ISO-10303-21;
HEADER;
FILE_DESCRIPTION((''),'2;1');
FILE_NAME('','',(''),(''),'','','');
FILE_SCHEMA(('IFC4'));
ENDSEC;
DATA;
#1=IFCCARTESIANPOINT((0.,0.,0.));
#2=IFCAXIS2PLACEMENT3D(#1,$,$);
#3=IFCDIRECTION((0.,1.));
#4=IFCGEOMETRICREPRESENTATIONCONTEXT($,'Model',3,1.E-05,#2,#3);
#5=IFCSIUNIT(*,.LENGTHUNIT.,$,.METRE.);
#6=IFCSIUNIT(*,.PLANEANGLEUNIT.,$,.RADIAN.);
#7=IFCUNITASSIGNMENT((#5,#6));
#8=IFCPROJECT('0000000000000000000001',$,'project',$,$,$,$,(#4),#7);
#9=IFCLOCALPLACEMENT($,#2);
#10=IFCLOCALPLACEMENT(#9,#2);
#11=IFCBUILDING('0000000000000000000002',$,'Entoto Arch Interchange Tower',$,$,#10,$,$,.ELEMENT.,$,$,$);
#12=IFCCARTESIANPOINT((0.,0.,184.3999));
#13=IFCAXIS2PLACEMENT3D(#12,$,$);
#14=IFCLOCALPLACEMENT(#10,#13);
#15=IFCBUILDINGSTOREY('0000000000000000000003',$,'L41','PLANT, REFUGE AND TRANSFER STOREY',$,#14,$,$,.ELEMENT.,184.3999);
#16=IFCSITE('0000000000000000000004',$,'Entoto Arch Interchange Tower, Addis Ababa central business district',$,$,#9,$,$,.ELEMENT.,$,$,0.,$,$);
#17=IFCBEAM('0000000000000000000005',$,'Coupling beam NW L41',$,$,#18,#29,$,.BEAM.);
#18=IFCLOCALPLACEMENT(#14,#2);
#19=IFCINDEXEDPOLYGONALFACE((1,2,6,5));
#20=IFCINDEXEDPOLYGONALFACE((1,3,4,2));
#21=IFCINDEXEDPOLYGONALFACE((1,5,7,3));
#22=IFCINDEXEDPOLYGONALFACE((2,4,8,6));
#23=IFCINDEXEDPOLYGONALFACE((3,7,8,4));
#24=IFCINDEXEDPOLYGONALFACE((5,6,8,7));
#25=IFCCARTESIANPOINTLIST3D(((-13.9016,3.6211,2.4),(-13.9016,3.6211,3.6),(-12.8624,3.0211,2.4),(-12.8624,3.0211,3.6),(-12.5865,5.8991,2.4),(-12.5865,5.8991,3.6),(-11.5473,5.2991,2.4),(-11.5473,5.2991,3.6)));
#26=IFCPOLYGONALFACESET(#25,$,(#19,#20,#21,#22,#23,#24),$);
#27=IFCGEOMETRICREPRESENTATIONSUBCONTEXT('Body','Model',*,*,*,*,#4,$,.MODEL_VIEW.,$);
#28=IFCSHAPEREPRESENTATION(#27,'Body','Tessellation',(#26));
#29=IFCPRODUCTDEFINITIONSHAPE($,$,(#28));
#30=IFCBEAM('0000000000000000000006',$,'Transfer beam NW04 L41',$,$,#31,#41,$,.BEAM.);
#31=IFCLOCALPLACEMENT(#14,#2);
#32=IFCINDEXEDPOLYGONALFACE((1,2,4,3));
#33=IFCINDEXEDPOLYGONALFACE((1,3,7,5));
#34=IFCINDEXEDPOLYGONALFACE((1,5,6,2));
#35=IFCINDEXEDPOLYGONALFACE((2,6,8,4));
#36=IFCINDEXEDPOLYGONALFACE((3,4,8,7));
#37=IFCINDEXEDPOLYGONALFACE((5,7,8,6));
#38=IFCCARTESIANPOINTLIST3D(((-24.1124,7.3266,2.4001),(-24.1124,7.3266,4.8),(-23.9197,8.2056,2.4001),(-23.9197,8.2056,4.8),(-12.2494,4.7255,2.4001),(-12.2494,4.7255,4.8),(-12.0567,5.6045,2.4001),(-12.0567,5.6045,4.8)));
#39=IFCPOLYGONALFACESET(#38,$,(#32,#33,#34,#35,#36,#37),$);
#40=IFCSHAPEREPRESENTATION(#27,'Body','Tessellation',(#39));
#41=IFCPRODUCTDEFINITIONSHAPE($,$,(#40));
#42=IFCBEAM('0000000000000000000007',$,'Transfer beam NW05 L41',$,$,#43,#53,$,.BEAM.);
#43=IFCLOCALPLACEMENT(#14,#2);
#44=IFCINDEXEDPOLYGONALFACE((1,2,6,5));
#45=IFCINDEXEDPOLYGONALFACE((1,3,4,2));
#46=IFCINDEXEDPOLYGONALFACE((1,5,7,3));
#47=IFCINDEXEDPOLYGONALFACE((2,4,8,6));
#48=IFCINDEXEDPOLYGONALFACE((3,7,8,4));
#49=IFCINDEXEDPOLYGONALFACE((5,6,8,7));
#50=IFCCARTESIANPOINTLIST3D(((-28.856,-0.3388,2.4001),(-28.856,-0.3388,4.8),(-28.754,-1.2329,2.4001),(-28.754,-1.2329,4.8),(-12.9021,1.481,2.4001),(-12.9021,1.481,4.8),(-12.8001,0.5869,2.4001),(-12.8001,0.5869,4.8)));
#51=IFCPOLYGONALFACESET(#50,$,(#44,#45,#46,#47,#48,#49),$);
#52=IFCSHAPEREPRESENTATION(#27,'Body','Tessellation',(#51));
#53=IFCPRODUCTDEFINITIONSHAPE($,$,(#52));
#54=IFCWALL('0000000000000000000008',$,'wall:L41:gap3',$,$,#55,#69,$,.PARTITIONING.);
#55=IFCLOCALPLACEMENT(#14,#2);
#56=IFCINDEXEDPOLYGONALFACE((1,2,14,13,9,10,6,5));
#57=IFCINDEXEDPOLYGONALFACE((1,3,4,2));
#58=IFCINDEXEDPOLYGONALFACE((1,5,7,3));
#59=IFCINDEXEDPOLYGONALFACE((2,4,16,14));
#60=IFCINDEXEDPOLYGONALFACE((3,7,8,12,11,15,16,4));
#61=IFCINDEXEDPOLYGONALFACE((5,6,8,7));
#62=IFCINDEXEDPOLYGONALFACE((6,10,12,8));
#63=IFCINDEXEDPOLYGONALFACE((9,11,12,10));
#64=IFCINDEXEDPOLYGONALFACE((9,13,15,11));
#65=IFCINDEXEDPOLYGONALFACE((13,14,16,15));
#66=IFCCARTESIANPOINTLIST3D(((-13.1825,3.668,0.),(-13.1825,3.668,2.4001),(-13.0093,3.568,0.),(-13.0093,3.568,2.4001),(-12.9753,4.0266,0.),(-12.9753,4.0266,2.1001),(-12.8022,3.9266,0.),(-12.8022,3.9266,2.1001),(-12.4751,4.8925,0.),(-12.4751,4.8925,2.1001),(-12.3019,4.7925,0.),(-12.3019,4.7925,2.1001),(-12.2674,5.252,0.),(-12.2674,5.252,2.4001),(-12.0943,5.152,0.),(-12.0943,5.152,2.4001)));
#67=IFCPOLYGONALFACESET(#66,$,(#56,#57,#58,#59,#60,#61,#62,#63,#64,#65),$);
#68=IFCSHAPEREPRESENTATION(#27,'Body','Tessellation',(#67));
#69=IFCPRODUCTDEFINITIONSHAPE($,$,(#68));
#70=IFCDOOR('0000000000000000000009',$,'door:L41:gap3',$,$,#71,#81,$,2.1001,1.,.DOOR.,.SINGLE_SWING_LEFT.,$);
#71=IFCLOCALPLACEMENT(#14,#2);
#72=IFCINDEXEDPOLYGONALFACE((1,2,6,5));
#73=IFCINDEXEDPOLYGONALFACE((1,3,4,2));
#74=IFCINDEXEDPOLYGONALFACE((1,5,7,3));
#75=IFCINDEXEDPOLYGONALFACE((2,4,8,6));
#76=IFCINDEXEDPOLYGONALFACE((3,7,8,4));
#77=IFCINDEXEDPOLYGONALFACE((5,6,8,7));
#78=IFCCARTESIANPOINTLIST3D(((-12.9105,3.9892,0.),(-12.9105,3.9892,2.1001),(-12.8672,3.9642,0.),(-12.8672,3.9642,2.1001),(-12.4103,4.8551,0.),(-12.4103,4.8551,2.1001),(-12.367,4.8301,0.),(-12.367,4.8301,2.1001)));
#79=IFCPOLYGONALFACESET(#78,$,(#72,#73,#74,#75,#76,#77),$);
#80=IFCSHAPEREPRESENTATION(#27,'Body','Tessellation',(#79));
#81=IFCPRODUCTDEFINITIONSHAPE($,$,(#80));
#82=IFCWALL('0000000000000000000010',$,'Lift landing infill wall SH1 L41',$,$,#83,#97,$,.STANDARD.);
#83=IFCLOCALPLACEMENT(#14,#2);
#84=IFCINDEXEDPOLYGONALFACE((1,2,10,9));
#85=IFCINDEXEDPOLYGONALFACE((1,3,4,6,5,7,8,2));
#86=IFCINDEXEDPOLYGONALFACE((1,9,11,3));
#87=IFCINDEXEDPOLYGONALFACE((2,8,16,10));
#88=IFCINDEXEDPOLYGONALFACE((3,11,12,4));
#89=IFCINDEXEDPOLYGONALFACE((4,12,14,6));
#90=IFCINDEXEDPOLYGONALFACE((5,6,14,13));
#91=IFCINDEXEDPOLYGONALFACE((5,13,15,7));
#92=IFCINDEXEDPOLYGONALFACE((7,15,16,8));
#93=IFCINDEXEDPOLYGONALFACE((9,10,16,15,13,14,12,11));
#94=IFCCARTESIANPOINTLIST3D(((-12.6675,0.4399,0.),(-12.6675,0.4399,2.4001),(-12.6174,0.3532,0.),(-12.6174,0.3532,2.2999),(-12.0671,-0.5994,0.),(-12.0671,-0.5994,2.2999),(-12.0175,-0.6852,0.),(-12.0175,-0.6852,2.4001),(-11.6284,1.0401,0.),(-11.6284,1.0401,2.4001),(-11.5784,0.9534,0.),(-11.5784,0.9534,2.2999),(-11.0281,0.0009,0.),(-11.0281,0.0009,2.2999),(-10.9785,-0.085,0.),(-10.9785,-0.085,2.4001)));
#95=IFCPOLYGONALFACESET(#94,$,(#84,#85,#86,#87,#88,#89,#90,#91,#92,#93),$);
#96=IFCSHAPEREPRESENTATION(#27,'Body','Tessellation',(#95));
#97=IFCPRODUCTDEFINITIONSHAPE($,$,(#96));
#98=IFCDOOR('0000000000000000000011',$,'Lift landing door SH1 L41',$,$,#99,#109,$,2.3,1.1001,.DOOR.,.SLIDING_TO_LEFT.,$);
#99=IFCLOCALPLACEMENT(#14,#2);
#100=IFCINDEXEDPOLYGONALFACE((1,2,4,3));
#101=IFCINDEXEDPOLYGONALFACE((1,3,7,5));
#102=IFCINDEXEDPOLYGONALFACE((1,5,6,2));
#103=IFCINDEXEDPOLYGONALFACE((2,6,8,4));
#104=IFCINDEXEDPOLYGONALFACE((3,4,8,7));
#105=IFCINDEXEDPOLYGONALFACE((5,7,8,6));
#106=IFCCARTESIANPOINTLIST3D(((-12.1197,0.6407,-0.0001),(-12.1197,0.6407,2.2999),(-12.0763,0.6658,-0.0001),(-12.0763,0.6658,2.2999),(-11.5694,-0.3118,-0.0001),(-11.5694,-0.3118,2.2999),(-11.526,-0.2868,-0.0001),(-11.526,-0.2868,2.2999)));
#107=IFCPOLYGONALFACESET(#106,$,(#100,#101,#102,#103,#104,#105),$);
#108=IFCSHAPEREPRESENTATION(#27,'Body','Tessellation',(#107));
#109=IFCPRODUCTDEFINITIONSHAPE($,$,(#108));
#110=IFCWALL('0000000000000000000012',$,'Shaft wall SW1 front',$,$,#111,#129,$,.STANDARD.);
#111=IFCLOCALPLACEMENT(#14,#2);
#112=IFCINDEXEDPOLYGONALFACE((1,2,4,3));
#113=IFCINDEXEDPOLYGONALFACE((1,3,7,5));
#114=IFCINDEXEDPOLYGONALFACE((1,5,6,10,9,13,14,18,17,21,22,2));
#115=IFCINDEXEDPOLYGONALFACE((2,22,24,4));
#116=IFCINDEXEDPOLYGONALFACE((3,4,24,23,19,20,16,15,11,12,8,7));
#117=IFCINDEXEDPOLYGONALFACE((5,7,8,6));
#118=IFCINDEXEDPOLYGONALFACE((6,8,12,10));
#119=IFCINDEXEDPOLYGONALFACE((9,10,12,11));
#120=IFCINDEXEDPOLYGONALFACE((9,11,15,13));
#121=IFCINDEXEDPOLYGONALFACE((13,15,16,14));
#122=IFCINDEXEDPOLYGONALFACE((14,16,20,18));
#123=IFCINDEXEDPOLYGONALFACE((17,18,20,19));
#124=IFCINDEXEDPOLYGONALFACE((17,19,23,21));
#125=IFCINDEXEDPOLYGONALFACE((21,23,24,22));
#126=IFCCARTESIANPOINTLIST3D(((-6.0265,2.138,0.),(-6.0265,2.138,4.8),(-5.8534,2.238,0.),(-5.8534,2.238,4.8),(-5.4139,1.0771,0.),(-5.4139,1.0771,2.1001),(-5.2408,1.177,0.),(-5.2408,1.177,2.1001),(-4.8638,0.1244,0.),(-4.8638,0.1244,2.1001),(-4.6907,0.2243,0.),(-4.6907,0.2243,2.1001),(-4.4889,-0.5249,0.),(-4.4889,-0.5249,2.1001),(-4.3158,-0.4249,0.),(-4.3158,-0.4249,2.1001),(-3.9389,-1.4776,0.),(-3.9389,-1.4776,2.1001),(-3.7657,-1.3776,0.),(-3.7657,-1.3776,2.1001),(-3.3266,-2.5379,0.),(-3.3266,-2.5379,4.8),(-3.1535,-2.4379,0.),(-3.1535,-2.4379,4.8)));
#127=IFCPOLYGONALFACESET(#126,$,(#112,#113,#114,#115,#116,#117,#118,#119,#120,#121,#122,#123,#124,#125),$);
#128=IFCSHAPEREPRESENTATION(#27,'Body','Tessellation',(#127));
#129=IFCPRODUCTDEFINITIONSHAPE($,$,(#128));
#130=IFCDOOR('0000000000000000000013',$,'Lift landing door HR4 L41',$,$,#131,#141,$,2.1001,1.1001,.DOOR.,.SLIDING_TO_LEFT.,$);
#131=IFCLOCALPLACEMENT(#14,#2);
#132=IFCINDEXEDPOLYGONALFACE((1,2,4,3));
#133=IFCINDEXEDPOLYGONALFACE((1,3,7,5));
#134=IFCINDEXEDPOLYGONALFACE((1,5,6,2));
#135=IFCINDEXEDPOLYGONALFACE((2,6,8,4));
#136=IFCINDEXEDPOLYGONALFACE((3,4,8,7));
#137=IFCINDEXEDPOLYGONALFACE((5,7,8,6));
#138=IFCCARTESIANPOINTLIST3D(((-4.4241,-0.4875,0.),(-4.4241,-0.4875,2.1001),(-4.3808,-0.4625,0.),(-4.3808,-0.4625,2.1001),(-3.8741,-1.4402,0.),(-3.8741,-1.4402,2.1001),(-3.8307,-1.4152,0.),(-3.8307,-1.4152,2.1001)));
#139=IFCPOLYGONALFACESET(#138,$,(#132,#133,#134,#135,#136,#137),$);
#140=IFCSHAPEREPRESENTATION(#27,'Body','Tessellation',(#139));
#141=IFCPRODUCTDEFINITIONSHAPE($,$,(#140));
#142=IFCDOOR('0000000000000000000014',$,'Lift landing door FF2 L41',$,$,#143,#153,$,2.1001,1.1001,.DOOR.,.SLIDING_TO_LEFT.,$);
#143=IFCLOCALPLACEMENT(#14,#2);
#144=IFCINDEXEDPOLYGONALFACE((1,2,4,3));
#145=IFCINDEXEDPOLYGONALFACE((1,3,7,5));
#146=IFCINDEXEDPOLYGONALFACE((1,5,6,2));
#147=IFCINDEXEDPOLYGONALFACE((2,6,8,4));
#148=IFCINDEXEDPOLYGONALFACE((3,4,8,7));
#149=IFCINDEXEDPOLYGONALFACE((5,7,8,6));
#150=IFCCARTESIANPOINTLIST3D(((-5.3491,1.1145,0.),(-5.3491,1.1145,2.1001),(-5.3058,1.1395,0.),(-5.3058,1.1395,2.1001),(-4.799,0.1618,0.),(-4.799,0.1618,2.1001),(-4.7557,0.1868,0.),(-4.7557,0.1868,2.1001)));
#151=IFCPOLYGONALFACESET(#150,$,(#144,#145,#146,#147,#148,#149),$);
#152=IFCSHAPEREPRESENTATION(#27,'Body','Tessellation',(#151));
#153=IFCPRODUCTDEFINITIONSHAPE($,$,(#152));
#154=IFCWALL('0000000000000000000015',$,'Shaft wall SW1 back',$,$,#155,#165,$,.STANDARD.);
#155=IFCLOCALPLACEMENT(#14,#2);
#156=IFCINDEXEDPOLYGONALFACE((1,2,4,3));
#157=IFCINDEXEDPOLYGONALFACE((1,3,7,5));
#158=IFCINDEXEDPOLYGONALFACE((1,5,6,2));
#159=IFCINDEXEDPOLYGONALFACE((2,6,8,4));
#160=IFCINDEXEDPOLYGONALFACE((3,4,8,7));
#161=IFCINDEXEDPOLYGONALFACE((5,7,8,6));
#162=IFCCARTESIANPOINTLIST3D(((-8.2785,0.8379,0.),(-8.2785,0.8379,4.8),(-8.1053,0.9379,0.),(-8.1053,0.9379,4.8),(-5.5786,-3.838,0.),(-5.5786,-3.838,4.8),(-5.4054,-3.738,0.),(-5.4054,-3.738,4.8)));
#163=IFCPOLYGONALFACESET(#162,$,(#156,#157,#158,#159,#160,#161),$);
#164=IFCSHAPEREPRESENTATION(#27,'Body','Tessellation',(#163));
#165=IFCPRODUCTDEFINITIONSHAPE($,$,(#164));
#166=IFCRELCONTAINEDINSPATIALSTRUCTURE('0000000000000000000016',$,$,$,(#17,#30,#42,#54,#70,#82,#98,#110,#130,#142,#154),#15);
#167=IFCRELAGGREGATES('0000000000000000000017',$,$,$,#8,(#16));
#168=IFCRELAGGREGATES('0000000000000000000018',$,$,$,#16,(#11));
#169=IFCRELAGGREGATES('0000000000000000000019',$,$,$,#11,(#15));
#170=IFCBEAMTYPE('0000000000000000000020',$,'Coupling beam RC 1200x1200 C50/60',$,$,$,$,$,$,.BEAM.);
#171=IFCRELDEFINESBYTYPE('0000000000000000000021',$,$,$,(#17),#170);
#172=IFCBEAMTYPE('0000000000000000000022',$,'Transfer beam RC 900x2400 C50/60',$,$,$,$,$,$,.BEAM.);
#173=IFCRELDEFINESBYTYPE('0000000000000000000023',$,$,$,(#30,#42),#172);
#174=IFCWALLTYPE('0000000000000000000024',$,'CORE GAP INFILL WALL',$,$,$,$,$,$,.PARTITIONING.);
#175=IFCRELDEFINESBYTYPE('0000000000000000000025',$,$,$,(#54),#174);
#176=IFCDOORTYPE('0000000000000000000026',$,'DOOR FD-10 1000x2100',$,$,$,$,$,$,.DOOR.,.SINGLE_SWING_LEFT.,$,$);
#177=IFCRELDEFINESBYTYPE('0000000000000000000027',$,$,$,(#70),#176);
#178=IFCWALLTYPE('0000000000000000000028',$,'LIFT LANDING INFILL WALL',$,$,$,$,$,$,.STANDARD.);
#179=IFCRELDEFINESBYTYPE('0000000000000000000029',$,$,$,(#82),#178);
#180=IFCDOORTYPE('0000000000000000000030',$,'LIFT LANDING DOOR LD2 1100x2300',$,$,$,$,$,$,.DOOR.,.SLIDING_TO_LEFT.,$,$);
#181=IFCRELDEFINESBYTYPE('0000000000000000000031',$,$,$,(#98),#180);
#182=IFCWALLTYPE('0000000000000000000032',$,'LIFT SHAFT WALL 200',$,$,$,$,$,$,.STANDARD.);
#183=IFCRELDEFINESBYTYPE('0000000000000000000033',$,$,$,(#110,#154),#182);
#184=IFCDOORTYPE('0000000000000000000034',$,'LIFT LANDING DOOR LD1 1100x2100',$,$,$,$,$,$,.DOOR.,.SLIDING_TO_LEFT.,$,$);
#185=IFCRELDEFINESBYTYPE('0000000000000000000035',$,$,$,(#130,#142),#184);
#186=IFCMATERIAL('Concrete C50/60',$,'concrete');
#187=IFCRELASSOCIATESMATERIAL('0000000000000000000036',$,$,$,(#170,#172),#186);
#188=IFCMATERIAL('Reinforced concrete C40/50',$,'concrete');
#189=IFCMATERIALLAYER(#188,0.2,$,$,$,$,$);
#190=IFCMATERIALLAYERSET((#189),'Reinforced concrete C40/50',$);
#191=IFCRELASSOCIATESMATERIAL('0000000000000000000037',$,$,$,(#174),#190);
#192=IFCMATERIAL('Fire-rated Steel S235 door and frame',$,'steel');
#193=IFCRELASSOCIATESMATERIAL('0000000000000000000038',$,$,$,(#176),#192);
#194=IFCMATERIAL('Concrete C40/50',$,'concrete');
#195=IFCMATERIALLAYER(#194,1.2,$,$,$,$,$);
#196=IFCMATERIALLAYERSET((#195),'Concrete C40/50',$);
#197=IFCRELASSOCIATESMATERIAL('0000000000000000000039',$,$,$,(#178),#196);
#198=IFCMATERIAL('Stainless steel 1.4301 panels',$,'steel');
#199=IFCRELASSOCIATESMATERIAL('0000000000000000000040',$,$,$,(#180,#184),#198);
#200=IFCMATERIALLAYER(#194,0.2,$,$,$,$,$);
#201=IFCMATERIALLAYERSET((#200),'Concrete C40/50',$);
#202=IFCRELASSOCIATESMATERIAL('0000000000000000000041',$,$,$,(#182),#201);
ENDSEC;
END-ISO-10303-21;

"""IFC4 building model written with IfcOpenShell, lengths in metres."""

from ifc_helpers import new_model, si_unit, direction, frame, frame_2d, origin, origin_2d, place, context, subcontext, project, spatial, rectangle, extrude, material, layer, layer_set, material_profile, profile_set, type_object, element, fill, save


model = new_model("IFC4")

# Units and contexts
model_context = context("Model", 3, precision=1e-05, world=origin(), true_north=direction((0.0, 1.0)))
body_context = subcontext(model_context, "Body", "Model", "MODEL_VIEW")
ifc_project = project(units=[si_unit("LENGTHUNIT", "METRE"), si_unit("PLANEANGLEUNIT", "RADIAN")], contexts=[model_context])

# Site, building, storey
site_placement = place(None, origin())
site = spatial("IfcSite", under=ifc_project, at=site_placement, Name="Entoto Arch Interchange Tower, Addis Ababa central business district", CompositionType="ELEMENT", RefElevation=0.0)
building_placement = place(site_placement, origin())
building = spatial("IfcBuilding", under=site, at=building_placement, Name="Entoto Arch Interchange Tower", CompositionType="ELEMENT")
storey_placement = place(building_placement, frame((0.0, 0.0, 184.3999)))
storey = spatial("IfcBuildingStorey", under=building, at=storey_placement, Name="L41", Description="PLANT, REFUGE AND TRANSFER STOREY", CompositionType="ELEMENT", Elevation=184.3999)

# Beams
ifc_material_1 = material(Name="Concrete C50/60", Category="concrete")
ifc_material_profile_1 = material_profile(ifc_material_1, rectangle(XDim=1.2, YDim=1.2, at=origin_2d()))
ifc_profile_set_1 = profile_set([ifc_material_profile_1], Name="Concrete C50/60")
beam_type_1 = type_object("IfcBeamType", Name="Coupling beam RC 1200x1200 C50/60", PredefinedType="BEAM", material=ifc_profile_set_1)
beam_1_placement = place(storey_placement, frame((-12.0669, 5.5991, 3.0), z_axis=(-0.499982, -0.866036, 0.0), x_axis=(0.866036, -0.499982, 0.0)))
element("IfcBeam", 1, at=beam_1_placement, inside=storey, type_object=beam_type_1, Name="Coupling beam NW L41", PredefinedType="BEAM", context=body_context, shape_type="SweptSolid", body=[
    extrude(rectangle(XDim=1.2, YDim=1.2, at=origin_2d()), origin(), (0.0, 0.0, 1.0), 2.6304),
])
ifc_material_profile_2 = material_profile(ifc_material_1, rectangle(XDim=0.8999, YDim=2.3999, at=origin_2d()))
ifc_profile_set_2 = profile_set([ifc_material_profile_2], Name="Concrete C50/60")
beam_type_2 = type_object("IfcBeamType", Name="Transfer beam RC 900x2400 C50/60", PredefinedType="BEAM", material=ifc_profile_set_2)
beam_2_placement = place(storey_placement, frame((-12.1531, 5.165, 3.6001), z_axis=(-0.976796, 0.214171, 0.0), x_axis=(-0.214171, -0.976796, 0.0)))
element("IfcBeam", 2, at=beam_2_placement, inside=storey, type_object=beam_type_2, Name="Transfer beam NW04 L41", PredefinedType="BEAM", context=body_context, shape_type="SweptSolid", body=[
    extrude(rectangle(XDim=0.8999, YDim=2.3999, at=origin_2d()), origin(), (0.0, 0.0, 1.0), 12.1448),
])
beam_3_placement = place(storey_placement, frame((-12.8511, 1.0339, 3.6001), z_axis=(-0.993557, -0.113333, 0.0), x_axis=(0.113333, -0.993557, 0.0)))
element("IfcBeam", 3, at=beam_3_placement, inside=storey, type_object=beam_type_2, Name="Transfer beam NW05 L41", PredefinedType="BEAM", context=body_context, shape_type="SweptSolid", body=[
    extrude(rectangle(XDim=0.8999, YDim=2.3999, at=origin_2d()), origin(), (0.0, 0.0, 1.0), 16.0574),
])

# Walls, openings, doors
ifc_material_2 = material(Name="Reinforced concrete C40/50", Category="concrete")
ifc_layer_1 = layer(ifc_material_2, 0.2)
ifc_layer_set_1 = layer_set([ifc_layer_1], Name="Reinforced concrete C40/50")
wall_type_1 = type_object("IfcWallType", Name="CORE GAP INFILL WALL", PredefinedType="PARTITIONING", material=ifc_layer_set_1)
wall_1_placement = place(storey_placement, frame((-12.1809, 5.2019, 0.0), z_axis=(0.0, 0.0, 1.0), x_axis=(-0.500215, -0.865901, 0.0)))
wall_1 = element("IfcWall", 4, at=wall_1_placement, inside=storey, type_object=wall_type_1, Name="wall:L41:gap3", PredefinedType="PARTITIONING", context=body_context, shape_type="SweptSolid", body=[
    extrude(rectangle(XDim=1.8293, YDim=0.2, at=frame_2d((0.9146, 0.0))), origin(), (0.0, 0.0, 1.0), 2.4001),
])
opening_1_placement = place(wall_1_placement, frame((0.415, 0.0, 0.0)))
opening_1 = element("IfcOpeningElement", 5, at=opening_1_placement, cuts=wall_1, PredefinedType="OPENING", context=body_context, shape_type="SweptSolid", body=[
    extrude(rectangle(XDim=1.0, YDim=2.1001, at=frame_2d((0.5, 1.05))), frame((0.0, 0.1099, 0.0), z_axis=(0.0, -1.0, 0.0), x_axis=(1.0, 0.0, 0.0)), (0.0, 0.0, 1.0), 0.22),
])
ifc_material_3 = material(Name="Fire-rated Steel S235 door and frame", Category="steel")
door_type_1 = type_object("IfcDoorType", Name="DOOR FD-10 1000x2100", OperationType="SINGLE_SWING_LEFT", PredefinedType="DOOR", material=ifc_material_3)
door_1_placement = place(opening_1_placement, origin())
door_1 = element("IfcDoor", 6, at=door_1_placement, inside=storey, type_object=door_type_1, Name="door:L41:gap3", OperationType="SINGLE_SWING_LEFT", OverallHeight=2.1001, OverallWidth=1.0, PredefinedType="DOOR", context=body_context, shape_type="SweptSolid", body=[
    extrude(rectangle(XDim=1.0, YDim=2.1001, at=frame_2d((0.5, 1.05))), frame((0.0, 0.0249, 0.0), z_axis=(0.0, -1.0, 0.0), x_axis=(1.0, 0.0, 0.0)), (0.0, 0.0, 1.0), 0.05),
])
fill(opening_1, door_1)
ifc_material_4 = material(Name="Concrete C40/50", Category="concrete")
ifc_layer_2 = layer(ifc_material_4, 1.2)
ifc_layer_set_2 = layer_set([ifc_layer_2], Name="Concrete C40/50")
wall_type_2 = type_object("IfcWallType", Name="LIFT LANDING INFILL WALL", PredefinedType="STANDARD", material=ifc_layer_set_2)
wall_2_placement = place(storey_placement, frame((-12.1479, 0.74, 0.0), z_axis=(0.0, 0.0, 1.0), x_axis=(0.500221, -0.865898, 0.0)))
wall_2 = element("IfcWall", 7, at=wall_2_placement, inside=storey, type_object=wall_type_2, Name="Lift landing infill wall SH1 L41", PredefinedType="STANDARD", context=body_context, shape_type="SweptSolid", body=[
    extrude(rectangle(XDim=1.2993, YDim=1.2, at=frame_2d((0.6497, 0.0))), origin(), (0.0, 0.0, 1.0), 2.4001),
])
opening_2_placement = place(wall_2_placement, frame((0.1001, 0.0, 0.0)))
opening_2 = element("IfcOpeningElement", 8, at=opening_2_placement, cuts=wall_2, PredefinedType="OPENING", context=body_context, shape_type="SweptSolid", body=[
    extrude(rectangle(XDim=1.1001, YDim=2.3, at=frame_2d((0.55, 1.1499))), frame((0.0, 0.6099, 0.0), z_axis=(0.0, -1.0, 0.0), x_axis=(1.0, 0.0, 0.0)), (0.0, 0.0, 1.0), 1.22),
])
ifc_material_5 = material(Name="Stainless steel 1.4301 panels", Category="steel")
door_type_2 = type_object("IfcDoorType", Name="LIFT LANDING DOOR LD2 1100x2300", OperationType="SLIDING_TO_LEFT", PredefinedType="DOOR", material=ifc_material_5)
door_2_placement = place(opening_2_placement, origin())
door_2 = element("IfcDoor", 9, at=door_2_placement, inside=storey, type_object=door_type_2, Name="Lift landing door SH1 L41", OperationType="SLIDING_TO_LEFT", OverallHeight=2.3, OverallWidth=1.1001, PredefinedType="DOOR", context=body_context, shape_type="SweptSolid", body=[
    extrude(rectangle(XDim=1.1001, YDim=2.3, at=frame_2d((0.55, 1.1499))), frame((0.0, 0.0249, 0.0), z_axis=(0.0, -1.0, 0.0), x_axis=(1.0, 0.0, 0.0)), (0.0, 0.0, 1.0), 0.05),
])
fill(opening_2, door_2)

# Wall, openings, doors
ifc_layer_3 = layer(ifc_material_4, 0.2)
ifc_layer_set_3 = layer_set([ifc_layer_3], Name="Concrete C40/50")
wall_type_3 = type_object("IfcWallType", Name="LIFT SHAFT WALL 200", PredefinedType="STANDARD", material=ifc_layer_set_3)
wall_3_placement = place(storey_placement, frame((-5.9399, 2.188, 0.0), z_axis=(0.0, 0.0, 1.0), x_axis=(0.500034, -0.866006, 0.0)))
wall_3 = element("IfcWall", 10, at=wall_3_placement, inside=storey, type_object=wall_type_3, Name="Shaft wall SW1 front", PredefinedType="STANDARD", context=body_context, shape_type="SweptSolid", body=[
    extrude(rectangle(XDim=5.3994, YDim=0.2, at=frame_2d((2.6997, 0.0))), origin(), (0.0, 0.0, 1.0), 4.8),
])
opening_3_placement = place(wall_3_placement, frame((3.075, 0.0, 0.0)))
opening_3 = element("IfcOpeningElement", 11, at=opening_3_placement, cuts=wall_3, PredefinedType="OPENING", context=body_context, shape_type="SweptSolid", body=[
    extrude(rectangle(XDim=1.1001, YDim=2.1001, at=frame_2d((0.55, 1.05))), frame((0.0, 0.1099, 0.0), z_axis=(0.0, -1.0, 0.0), x_axis=(1.0, 0.0, 0.0)), (0.0, 0.0, 1.0), 0.22),
])
opening_4_placement = place(wall_3_placement, frame((1.2251, 0.0, 0.0)))
opening_4 = element("IfcOpeningElement", 12, at=opening_4_placement, cuts=wall_3, PredefinedType="OPENING", context=body_context, shape_type="SweptSolid", body=[
    extrude(rectangle(XDim=1.1001, YDim=2.1001, at=frame_2d((0.55, 1.05))), frame((0.0, 0.1099, 0.0), z_axis=(0.0, -1.0, 0.0), x_axis=(1.0, 0.0, 0.0)), (0.0, 0.0, 1.0), 0.22),
])
door_type_3 = type_object("IfcDoorType", Name="LIFT LANDING DOOR LD1 1100x2100", OperationType="SLIDING_TO_LEFT", PredefinedType="DOOR", material=ifc_material_5)
door_3_placement = place(opening_3_placement, origin())
door_3 = element("IfcDoor", 13, at=door_3_placement, inside=storey, type_object=door_type_3, Name="Lift landing door HR4 L41", OperationType="SLIDING_TO_LEFT", OverallHeight=2.1001, OverallWidth=1.1001, PredefinedType="DOOR", context=body_context, shape_type="SweptSolid", body=[
    extrude(rectangle(XDim=1.1001, YDim=2.1001, at=frame_2d((0.55, 1.05))), frame((0.0, 0.0249, 0.0), z_axis=(0.0, -1.0, 0.0), x_axis=(1.0, 0.0, 0.0)), (0.0, 0.0, 1.0), 0.05),
])
fill(opening_3, door_3)
door_4_placement = place(opening_4_placement, origin())
door_4 = element("IfcDoor", 14, at=door_4_placement, inside=storey, type_object=door_type_3, Name="Lift landing door FF2 L41", OperationType="SLIDING_TO_LEFT", OverallHeight=2.1001, OverallWidth=1.1001, PredefinedType="DOOR", context=body_context, shape_type="SweptSolid", body=[
    extrude(rectangle(XDim=1.1001, YDim=2.1001, at=frame_2d((0.55, 1.05))), frame((0.0, 0.0249, 0.0), z_axis=(0.0, -1.0, 0.0), x_axis=(1.0, 0.0, 0.0)), (0.0, 0.0, 1.0), 0.05),
])
fill(opening_4, door_4)

# Wall
wall_4_placement = place(storey_placement, frame((-8.1919, 0.8879, 0.0), z_axis=(0.0, 0.0, 1.0), x_axis=(0.500034, -0.866006, 0.0)))
element("IfcWall", 15, at=wall_4_placement, inside=storey, type_object=wall_type_3, Name="Shaft wall SW1 back", PredefinedType="STANDARD", context=body_context, shape_type="SweptSolid", body=[
    extrude(rectangle(XDim=5.3994, YDim=0.2, at=frame_2d((2.6997, 0.0))), origin(), (0.0, 0.0, 1.0), 4.8),
])

save(model, "model.ifc")
